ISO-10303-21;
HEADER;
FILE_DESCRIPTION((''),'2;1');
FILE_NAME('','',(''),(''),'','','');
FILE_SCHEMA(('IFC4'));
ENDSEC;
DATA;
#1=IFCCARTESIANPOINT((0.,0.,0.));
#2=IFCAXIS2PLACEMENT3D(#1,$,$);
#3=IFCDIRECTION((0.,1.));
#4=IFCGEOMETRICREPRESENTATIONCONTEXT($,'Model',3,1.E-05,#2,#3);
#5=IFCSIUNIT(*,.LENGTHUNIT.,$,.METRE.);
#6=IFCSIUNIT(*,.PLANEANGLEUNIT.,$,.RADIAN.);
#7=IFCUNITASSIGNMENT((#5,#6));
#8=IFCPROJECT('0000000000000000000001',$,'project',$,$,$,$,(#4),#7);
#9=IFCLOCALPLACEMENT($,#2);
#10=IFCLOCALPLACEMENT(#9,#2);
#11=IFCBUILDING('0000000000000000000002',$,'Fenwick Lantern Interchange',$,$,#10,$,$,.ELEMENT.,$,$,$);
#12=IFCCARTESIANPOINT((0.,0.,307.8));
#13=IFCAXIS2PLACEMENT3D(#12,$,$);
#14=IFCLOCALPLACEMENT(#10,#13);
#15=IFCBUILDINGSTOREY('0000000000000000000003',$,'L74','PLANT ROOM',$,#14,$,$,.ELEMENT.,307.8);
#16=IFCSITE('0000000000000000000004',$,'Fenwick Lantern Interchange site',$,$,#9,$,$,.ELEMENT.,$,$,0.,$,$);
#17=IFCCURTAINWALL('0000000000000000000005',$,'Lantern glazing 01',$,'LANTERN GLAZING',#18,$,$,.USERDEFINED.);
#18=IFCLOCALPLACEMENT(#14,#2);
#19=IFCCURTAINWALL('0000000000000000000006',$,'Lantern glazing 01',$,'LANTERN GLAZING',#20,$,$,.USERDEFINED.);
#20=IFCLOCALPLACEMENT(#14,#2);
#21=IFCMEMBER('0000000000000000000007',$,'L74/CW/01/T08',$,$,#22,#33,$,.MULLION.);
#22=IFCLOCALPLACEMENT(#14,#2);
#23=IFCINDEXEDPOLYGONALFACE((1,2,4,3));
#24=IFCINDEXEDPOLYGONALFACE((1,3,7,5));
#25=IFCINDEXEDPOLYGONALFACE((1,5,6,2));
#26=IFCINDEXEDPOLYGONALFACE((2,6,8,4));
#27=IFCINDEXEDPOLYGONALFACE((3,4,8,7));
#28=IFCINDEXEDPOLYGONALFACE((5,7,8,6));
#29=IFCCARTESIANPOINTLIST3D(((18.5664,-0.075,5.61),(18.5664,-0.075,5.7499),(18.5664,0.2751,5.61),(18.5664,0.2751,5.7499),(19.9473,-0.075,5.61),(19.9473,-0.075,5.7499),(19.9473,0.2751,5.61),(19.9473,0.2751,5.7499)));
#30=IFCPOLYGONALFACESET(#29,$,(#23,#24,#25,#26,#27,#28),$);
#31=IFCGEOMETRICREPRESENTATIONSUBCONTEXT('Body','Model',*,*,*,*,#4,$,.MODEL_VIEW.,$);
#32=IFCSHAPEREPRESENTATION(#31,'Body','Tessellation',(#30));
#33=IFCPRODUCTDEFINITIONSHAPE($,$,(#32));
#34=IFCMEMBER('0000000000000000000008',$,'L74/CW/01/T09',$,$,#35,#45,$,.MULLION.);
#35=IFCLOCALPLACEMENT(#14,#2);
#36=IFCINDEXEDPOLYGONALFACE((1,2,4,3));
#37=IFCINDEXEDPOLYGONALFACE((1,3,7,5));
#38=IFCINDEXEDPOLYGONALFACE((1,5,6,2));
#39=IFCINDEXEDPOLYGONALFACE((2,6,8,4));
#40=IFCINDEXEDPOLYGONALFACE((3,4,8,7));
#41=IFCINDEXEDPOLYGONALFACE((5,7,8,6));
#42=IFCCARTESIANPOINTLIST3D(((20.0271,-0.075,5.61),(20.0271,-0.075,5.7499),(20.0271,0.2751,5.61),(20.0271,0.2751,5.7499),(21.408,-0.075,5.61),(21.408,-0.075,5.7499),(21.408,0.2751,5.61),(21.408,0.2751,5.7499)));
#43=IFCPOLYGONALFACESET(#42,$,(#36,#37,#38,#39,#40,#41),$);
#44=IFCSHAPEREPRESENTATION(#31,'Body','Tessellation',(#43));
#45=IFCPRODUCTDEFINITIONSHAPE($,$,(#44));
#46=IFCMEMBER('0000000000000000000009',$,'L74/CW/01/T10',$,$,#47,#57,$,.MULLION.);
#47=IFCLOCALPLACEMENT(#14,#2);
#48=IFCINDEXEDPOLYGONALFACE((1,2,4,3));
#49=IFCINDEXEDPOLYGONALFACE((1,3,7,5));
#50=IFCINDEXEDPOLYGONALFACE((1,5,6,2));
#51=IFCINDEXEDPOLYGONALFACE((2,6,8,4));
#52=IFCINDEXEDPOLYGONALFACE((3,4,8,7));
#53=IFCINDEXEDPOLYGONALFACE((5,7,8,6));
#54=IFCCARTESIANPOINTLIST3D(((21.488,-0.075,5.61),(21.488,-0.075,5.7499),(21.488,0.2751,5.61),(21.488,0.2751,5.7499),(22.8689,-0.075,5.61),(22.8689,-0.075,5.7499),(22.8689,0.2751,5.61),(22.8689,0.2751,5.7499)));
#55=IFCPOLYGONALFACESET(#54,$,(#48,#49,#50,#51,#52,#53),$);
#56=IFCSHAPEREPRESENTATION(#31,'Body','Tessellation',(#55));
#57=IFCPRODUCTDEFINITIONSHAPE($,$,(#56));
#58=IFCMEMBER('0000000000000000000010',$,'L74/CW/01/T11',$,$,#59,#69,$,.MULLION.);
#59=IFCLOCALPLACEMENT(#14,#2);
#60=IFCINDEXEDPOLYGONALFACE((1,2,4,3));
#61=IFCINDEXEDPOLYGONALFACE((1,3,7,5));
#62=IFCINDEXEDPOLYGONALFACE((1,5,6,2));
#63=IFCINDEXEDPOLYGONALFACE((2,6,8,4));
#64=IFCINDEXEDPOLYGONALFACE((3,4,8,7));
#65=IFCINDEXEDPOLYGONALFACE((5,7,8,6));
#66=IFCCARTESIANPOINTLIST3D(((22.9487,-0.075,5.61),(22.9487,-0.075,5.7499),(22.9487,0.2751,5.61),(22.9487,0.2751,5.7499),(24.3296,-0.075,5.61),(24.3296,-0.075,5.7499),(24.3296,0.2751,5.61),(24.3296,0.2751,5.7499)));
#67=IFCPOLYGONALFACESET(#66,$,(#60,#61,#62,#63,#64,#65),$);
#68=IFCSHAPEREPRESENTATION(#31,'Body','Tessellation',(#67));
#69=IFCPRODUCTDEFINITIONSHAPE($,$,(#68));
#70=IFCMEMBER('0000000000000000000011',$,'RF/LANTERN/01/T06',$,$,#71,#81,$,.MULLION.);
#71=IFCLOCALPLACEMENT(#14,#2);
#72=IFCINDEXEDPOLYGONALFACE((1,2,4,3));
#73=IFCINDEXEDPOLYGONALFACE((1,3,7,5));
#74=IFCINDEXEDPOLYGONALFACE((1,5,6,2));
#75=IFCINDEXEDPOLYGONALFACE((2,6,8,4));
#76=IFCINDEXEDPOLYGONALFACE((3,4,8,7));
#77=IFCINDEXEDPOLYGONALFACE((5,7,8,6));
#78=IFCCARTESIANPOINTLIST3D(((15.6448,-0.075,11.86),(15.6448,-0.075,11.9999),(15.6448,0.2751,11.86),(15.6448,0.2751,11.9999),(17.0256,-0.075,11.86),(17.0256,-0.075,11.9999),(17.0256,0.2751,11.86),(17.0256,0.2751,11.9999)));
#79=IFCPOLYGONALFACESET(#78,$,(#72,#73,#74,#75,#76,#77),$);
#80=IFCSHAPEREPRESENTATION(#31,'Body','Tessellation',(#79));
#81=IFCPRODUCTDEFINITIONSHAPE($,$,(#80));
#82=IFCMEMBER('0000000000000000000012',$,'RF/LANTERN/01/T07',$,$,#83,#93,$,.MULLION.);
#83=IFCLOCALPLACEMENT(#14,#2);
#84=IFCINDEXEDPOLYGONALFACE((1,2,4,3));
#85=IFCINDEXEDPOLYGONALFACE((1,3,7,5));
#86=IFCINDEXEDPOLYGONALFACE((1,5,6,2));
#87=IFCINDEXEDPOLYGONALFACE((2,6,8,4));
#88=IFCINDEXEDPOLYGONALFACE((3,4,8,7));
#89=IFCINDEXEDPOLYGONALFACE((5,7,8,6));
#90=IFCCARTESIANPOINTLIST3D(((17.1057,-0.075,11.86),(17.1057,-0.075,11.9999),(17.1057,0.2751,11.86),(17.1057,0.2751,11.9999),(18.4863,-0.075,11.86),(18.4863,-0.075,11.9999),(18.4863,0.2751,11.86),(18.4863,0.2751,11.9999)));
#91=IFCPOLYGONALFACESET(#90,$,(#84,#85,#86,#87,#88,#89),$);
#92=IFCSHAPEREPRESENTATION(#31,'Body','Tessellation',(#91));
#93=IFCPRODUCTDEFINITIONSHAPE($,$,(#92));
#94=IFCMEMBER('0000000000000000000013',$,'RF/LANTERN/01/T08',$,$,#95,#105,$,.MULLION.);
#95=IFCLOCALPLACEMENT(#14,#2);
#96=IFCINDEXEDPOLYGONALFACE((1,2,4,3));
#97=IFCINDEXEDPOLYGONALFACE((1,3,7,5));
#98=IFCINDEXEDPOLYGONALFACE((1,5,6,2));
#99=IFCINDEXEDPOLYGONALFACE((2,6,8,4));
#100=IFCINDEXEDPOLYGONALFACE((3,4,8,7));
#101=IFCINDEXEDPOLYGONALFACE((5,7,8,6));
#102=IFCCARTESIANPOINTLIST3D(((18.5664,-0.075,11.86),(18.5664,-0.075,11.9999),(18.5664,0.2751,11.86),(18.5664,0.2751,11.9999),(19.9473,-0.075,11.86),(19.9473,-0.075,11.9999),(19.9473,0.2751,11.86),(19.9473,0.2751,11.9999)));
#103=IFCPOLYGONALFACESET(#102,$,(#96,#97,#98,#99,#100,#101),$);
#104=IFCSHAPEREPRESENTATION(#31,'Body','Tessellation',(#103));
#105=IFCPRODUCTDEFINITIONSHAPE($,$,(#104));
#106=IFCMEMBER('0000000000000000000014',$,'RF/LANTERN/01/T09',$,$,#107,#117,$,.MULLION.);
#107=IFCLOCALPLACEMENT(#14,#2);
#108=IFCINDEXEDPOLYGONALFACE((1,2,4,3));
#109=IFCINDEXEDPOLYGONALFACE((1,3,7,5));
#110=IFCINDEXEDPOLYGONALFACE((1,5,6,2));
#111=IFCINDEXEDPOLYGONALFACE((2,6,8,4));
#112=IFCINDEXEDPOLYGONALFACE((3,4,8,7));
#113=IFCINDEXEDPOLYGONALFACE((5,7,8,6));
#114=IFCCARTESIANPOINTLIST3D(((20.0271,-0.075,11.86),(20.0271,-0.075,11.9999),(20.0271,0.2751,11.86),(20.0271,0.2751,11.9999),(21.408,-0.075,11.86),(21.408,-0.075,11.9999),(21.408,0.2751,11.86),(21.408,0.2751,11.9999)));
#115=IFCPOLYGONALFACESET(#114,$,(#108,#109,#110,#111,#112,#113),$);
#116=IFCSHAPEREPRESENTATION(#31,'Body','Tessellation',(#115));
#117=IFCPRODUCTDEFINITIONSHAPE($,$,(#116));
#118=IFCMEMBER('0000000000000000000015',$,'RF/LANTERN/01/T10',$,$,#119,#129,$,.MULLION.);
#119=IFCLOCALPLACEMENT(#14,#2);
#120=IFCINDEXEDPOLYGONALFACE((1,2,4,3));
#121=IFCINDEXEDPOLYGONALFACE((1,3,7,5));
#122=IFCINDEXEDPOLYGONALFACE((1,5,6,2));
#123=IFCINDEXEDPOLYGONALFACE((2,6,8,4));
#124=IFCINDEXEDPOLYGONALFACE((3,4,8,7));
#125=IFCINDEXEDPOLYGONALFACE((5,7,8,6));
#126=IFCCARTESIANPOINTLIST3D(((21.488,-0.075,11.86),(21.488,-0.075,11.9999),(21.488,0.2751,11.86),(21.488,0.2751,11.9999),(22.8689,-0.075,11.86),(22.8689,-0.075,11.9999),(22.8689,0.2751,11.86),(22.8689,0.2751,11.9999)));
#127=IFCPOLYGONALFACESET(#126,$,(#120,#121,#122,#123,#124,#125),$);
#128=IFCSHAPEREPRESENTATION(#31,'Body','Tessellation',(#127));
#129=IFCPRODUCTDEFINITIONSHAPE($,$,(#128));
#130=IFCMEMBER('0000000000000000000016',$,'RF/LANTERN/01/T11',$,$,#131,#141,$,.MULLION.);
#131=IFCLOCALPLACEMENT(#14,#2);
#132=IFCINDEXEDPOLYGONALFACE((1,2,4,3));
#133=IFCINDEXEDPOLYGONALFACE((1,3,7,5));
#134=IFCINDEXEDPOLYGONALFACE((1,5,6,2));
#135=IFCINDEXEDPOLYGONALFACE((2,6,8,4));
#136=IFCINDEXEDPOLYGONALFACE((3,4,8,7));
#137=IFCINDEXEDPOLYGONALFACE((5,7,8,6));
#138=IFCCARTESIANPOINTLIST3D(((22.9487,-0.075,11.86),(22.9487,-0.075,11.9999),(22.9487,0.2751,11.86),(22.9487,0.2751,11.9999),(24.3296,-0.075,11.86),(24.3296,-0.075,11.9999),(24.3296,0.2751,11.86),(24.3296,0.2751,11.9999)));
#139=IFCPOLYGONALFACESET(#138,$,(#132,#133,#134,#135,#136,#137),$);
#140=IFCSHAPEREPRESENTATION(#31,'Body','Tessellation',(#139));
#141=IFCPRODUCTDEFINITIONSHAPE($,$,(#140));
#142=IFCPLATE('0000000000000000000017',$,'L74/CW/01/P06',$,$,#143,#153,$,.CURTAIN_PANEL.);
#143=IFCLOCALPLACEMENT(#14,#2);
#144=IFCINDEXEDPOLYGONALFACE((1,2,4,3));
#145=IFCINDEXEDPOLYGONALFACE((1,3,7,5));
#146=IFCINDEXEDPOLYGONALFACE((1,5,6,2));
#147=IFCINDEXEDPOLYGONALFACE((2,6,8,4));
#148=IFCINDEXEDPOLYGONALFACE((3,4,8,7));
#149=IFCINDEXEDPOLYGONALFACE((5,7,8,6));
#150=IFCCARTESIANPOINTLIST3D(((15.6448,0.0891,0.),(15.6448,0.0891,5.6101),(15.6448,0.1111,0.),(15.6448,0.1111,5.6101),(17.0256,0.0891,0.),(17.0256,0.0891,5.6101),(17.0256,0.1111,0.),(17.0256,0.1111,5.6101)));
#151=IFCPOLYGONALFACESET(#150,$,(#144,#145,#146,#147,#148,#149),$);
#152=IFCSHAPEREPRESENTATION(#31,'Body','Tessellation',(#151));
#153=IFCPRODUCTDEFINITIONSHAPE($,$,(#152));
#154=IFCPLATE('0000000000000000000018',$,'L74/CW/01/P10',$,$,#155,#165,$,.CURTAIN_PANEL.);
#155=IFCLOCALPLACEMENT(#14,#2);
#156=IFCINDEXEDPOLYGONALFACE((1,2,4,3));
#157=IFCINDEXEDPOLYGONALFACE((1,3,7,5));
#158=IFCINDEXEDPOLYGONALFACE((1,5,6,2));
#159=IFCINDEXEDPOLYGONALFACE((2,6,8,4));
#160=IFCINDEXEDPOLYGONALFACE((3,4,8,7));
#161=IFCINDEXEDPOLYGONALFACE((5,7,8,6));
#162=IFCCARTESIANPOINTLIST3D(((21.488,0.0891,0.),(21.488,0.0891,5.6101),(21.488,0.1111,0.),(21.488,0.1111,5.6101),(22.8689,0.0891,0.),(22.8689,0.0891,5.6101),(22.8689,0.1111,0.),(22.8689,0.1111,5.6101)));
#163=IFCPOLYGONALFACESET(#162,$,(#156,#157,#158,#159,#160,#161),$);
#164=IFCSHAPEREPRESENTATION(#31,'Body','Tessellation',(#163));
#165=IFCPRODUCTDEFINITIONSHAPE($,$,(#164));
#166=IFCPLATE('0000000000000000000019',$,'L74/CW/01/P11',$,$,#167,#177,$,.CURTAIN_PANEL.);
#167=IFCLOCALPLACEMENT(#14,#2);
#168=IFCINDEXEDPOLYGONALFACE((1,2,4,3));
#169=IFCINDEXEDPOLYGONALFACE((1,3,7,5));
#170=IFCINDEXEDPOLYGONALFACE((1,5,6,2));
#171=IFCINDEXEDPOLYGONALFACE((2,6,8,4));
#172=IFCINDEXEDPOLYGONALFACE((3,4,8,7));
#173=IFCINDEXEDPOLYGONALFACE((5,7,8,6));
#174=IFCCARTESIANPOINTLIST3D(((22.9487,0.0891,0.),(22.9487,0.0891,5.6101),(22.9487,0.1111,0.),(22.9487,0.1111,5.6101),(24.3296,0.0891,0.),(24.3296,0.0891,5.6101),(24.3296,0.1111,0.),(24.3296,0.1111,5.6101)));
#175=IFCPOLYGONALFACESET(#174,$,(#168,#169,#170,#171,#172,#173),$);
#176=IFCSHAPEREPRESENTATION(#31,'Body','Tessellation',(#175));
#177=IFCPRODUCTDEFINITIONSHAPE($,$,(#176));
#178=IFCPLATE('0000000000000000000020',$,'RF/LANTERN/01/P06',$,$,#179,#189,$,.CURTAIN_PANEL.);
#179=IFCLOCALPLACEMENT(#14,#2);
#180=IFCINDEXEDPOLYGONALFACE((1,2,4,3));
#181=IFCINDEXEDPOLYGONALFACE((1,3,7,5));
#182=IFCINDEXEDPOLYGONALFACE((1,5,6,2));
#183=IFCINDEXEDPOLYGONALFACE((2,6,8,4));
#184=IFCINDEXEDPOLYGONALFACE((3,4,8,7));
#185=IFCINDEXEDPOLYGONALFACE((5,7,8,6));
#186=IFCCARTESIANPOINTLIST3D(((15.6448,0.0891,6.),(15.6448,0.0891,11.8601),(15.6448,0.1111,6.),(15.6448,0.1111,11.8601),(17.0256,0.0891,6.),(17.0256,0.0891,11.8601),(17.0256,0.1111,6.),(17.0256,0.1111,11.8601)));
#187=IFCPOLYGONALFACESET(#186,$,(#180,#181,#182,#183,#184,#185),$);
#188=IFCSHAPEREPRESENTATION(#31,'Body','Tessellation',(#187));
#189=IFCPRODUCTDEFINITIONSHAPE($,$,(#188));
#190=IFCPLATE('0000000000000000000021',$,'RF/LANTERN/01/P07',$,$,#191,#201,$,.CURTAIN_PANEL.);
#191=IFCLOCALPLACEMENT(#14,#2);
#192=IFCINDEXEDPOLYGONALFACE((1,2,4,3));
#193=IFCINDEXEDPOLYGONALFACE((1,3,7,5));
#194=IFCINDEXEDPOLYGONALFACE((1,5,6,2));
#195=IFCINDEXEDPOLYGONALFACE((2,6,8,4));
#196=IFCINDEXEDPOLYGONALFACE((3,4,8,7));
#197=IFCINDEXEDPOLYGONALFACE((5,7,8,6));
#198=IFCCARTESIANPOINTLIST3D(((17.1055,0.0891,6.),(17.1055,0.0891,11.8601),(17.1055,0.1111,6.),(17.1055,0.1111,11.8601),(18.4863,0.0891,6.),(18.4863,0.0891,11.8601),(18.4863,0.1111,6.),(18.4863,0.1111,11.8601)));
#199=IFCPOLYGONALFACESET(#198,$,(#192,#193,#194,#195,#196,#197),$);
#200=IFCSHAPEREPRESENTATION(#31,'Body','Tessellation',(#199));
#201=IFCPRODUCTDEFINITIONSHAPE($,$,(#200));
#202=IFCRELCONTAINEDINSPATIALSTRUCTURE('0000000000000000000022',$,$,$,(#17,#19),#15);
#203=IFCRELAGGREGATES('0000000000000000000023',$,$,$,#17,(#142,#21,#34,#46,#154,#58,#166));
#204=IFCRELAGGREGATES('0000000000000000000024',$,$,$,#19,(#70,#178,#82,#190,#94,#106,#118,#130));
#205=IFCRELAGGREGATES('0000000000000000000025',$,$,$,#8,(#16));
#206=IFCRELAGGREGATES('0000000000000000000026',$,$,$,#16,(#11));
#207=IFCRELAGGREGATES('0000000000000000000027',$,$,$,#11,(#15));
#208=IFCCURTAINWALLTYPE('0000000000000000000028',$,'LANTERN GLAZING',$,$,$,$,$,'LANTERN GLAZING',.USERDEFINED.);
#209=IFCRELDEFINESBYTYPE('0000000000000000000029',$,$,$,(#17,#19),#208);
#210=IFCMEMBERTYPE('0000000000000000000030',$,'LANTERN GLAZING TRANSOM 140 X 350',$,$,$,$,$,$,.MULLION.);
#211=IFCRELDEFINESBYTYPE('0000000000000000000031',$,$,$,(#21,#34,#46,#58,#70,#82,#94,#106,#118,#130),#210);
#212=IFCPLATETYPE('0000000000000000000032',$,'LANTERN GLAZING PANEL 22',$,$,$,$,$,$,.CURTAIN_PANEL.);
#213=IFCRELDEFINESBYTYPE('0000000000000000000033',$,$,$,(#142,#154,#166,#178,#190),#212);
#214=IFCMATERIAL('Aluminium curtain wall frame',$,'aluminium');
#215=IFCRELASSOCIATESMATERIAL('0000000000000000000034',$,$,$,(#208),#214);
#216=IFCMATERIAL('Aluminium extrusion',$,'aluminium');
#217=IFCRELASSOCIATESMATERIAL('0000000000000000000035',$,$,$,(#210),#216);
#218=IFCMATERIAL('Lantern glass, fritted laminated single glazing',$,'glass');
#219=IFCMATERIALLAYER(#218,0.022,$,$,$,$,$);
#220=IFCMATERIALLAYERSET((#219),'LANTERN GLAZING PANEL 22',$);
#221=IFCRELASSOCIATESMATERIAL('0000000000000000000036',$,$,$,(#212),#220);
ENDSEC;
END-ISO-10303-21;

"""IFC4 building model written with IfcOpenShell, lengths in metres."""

from ifc_helpers import new_model, si_unit, direction, frame, origin, origin_2d, place, context, subcontext, project, spatial, rectangle, extrude, material, layer, layer_set, material_profile, profile_set, type_object, element, aggregate, save


model = new_model("IFC4")

# Units and contexts
model_context = context("Model", 3, precision=1e-05, world=origin(), true_north=direction((0.0, 1.0)))
body_context = subcontext(model_context, "Body", "Model", "MODEL_VIEW")
ifc_project = project(units=[si_unit("LENGTHUNIT", "METRE"), si_unit("PLANEANGLEUNIT", "RADIAN")], contexts=[model_context])

# Site, building, storey
site_placement = place(None, origin())
site = spatial("IfcSite", under=ifc_project, at=site_placement, Name="Fenwick Lantern Interchange site", CompositionType="ELEMENT", RefElevation=0.0)
building_placement = place(site_placement, origin())
building = spatial("IfcBuilding", under=site, at=building_placement, Name="Fenwick Lantern Interchange", CompositionType="ELEMENT")
storey_placement = place(building_placement, frame((0.0, 0.0, 307.8)))
storey = spatial("IfcBuildingStorey", under=building, at=storey_placement, Name="L74", Description="PLANT ROOM", CompositionType="ELEMENT", Elevation=307.8)

# Curtain walls
ifc_material_1 = material(Name="Aluminium curtain wall frame", Category="aluminium")
curtain_wall_type = type_object("IfcCurtainWallType", Name="LANTERN GLAZING", ElementType="LANTERN GLAZING", PredefinedType="USERDEFINED", material=ifc_material_1)
curtain_wall_1_placement = place(storey_placement, origin())
curtain_wall_1 = element("IfcCurtainWall", 1, at=curtain_wall_1_placement, inside=storey, type_object=curtain_wall_type, Name="Lantern glazing 01", ObjectType="LANTERN GLAZING", PredefinedType="USERDEFINED")
ifc_material_2 = material(Name="Aluminium extrusion", Category="aluminium")
curtain_wall_2_placement = place(storey_placement, origin())
curtain_wall_2 = element("IfcCurtainWall", 2, at=curtain_wall_2_placement, inside=storey, type_object=curtain_wall_type, Name="Lantern glazing 01", ObjectType="LANTERN GLAZING", PredefinedType="USERDEFINED")

# Members
ifc_material_profile_1 = material_profile(ifc_material_2, rectangle(XDim=0.3501, YDim=0.1399, at=origin_2d()), Name="LANTERN GLAZING TRANSOM 140 X 350")
ifc_profile_set_1 = profile_set([ifc_material_profile_1], Name="Aluminium extrusion")
member_type_1 = type_object("IfcMemberType", Name="LANTERN GLAZING TRANSOM 140 X 350", PredefinedType="MULLION", material=ifc_profile_set_1)
member_1_placement = place(storey_placement, frame((18.5664, 0.1001, 5.6799), z_axis=(1.0, 0.0, 0.0), x_axis=(0.0, 1.0, 0.0)))
member_1 = element("IfcMember", 3, at=member_1_placement, type_object=member_type_1, Name="L74/CW/01/T08", PredefinedType="MULLION", context=body_context, shape_type="SweptSolid", body=[
    extrude(rectangle(XDim=0.3501, YDim=0.1399, at=origin_2d()), origin(), (0.0, 0.0, 1.0), 1.3809),
])
member_2_placement = place(storey_placement, frame((20.0271, 0.1001, 5.6799), z_axis=(1.0, 0.0, 0.0), x_axis=(0.0, 1.0, 0.0)))
member_2 = element("IfcMember", 4, at=member_2_placement, type_object=member_type_1, Name="L74/CW/01/T09", PredefinedType="MULLION", context=body_context, shape_type="SweptSolid", body=[
    extrude(rectangle(XDim=0.3501, YDim=0.1399, at=origin_2d()), origin(), (0.0, 0.0, 1.0), 1.3809),
])
member_3_placement = place(storey_placement, frame((21.488, 0.1001, 5.6799), z_axis=(1.0, 0.0, 0.0), x_axis=(0.0, 1.0, 0.0)))
member_3 = element("IfcMember", 5, at=member_3_placement, type_object=member_type_1, Name="L74/CW/01/T10", PredefinedType="MULLION", context=body_context, shape_type="SweptSolid", body=[
    extrude(rectangle(XDim=0.3501, YDim=0.1399, at=origin_2d()), origin(), (0.0, 0.0, 1.0), 1.3809),
])
member_4_placement = place(storey_placement, frame((22.9487, 0.1001, 5.6799), z_axis=(1.0, 0.0, 0.0), x_axis=(0.0, 1.0, 0.0)))
member_4 = element("IfcMember", 6, at=member_4_placement, type_object=member_type_1, Name="L74/CW/01/T11", PredefinedType="MULLION", context=body_context, shape_type="SweptSolid", body=[
    extrude(rectangle(XDim=0.3501, YDim=0.1399, at=origin_2d()), origin(), (0.0, 0.0, 1.0), 1.3809),
])
member_5_placement = place(storey_placement, frame((15.6448, 0.1001, 11.9299), z_axis=(1.0, 0.0, 0.0), x_axis=(0.0, 1.0, 0.0)))
member_5 = element("IfcMember", 7, at=member_5_placement, type_object=member_type_1, Name="RF/LANTERN/01/T06", PredefinedType="MULLION", context=body_context, shape_type="SweptSolid", body=[
    extrude(rectangle(XDim=0.3501, YDim=0.1399, at=origin_2d()), origin(), (0.0, 0.0, 1.0), 1.3809),
])
member_6_placement = place(storey_placement, frame((17.1057, 0.1001, 11.9299), z_axis=(1.0, 0.0, 0.0), x_axis=(0.0, 1.0, 0.0)))
member_6 = element("IfcMember", 8, at=member_6_placement, type_object=member_type_1, Name="RF/LANTERN/01/T07", PredefinedType="MULLION", context=body_context, shape_type="SweptSolid", body=[
    extrude(rectangle(XDim=0.3501, YDim=0.1399, at=origin_2d()), origin(), (0.0, 0.0, 1.0), 1.3806),
])
member_7_placement = place(storey_placement, frame((18.5664, 0.1001, 11.9299), z_axis=(1.0, 0.0, 0.0), x_axis=(0.0, 1.0, 0.0)))
member_7 = element("IfcMember", 9, at=member_7_placement, type_object=member_type_1, Name="RF/LANTERN/01/T08", PredefinedType="MULLION", context=body_context, shape_type="SweptSolid", body=[
    extrude(rectangle(XDim=0.3501, YDim=0.1399, at=origin_2d()), origin(), (0.0, 0.0, 1.0), 1.3809),
])
member_8_placement = place(storey_placement, frame((20.0271, 0.1001, 11.9299), z_axis=(1.0, 0.0, 0.0), x_axis=(0.0, 1.0, 0.0)))
member_8 = element("IfcMember", 10, at=member_8_placement, type_object=member_type_1, Name="RF/LANTERN/01/T09", PredefinedType="MULLION", context=body_context, shape_type="SweptSolid", body=[
    extrude(rectangle(XDim=0.3501, YDim=0.1399, at=origin_2d()), origin(), (0.0, 0.0, 1.0), 1.3809),
])
member_9_placement = place(storey_placement, frame((21.488, 0.1001, 11.9299), z_axis=(1.0, 0.0, 0.0), x_axis=(0.0, 1.0, 0.0)))
member_9 = element("IfcMember", 11, at=member_9_placement, type_object=member_type_1, Name="RF/LANTERN/01/T10", PredefinedType="MULLION", context=body_context, shape_type="SweptSolid", body=[
    extrude(rectangle(XDim=0.3501, YDim=0.1399, at=origin_2d()), origin(), (0.0, 0.0, 1.0), 1.3809),
])
member_10_placement = place(storey_placement, frame((22.9487, 0.1001, 11.9299), z_axis=(1.0, 0.0, 0.0), x_axis=(0.0, 1.0, 0.0)))
member_10 = element("IfcMember", 12, at=member_10_placement, type_object=member_type_1, Name="RF/LANTERN/01/T11", PredefinedType="MULLION", context=body_context, shape_type="SweptSolid", body=[
    extrude(rectangle(XDim=0.3501, YDim=0.1399, at=origin_2d()), origin(), (0.0, 0.0, 1.0), 1.3809),
])

# Plates
ifc_material_3 = material(Name="Lantern glass, fritted laminated single glazing", Category="glass")
ifc_layer_1 = layer(ifc_material_3, 0.022)
ifc_layer_set_1 = layer_set([ifc_layer_1], Name="LANTERN GLAZING PANEL 22")
plate_type = type_object("IfcPlateType", Name="LANTERN GLAZING PANEL 22", PredefinedType="CURTAIN_PANEL", material=ifc_layer_set_1)
plate_1_placement = place(storey_placement, frame((16.3352, 0.1001, 0.0), z_axis=(0.0, 0.0, 1.0), x_axis=(1.0, 0.0, 0.0)))
plate_1 = element("IfcPlate", 13, at=plate_1_placement, type_object=plate_type, Name="L74/CW/01/P06", PredefinedType="CURTAIN_PANEL", context=body_context, shape_type="SweptSolid", body=[
    extrude(rectangle(XDim=1.3809, YDim=0.022, at=origin_2d()), origin(), (0.0, 0.0, 1.0), 5.6101),
])
plate_2_placement = place(storey_placement, frame((22.1785, 0.1001, 0.0), z_axis=(0.0, 0.0, 1.0), x_axis=(1.0, 0.0, 0.0)))
plate_2 = element("IfcPlate", 14, at=plate_2_placement, type_object=plate_type, Name="L74/CW/01/P10", PredefinedType="CURTAIN_PANEL", context=body_context, shape_type="SweptSolid", body=[
    extrude(rectangle(XDim=1.3809, YDim=0.022, at=origin_2d()), origin(), (0.0, 0.0, 1.0), 5.6101),
])
plate_3_placement = place(storey_placement, frame((23.6392, 0.1001, 0.0), z_axis=(0.0, 0.0, 1.0), x_axis=(1.0, 0.0, 0.0)))
plate_3 = element("IfcPlate", 15, at=plate_3_placement, type_object=plate_type, Name="L74/CW/01/P11", PredefinedType="CURTAIN_PANEL", context=body_context, shape_type="SweptSolid", body=[
    extrude(rectangle(XDim=1.3809, YDim=0.022, at=origin_2d()), origin(), (0.0, 0.0, 1.0), 5.6101),
])
aggregate(curtain_wall_1, [plate_1, member_1, member_2, member_3, plate_2, member_4, plate_3])
plate_4_placement = place(storey_placement, frame((16.3352, 0.1001, 6.0), z_axis=(0.0, 0.0, 1.0), x_axis=(1.0, 0.0, 0.0)))
plate_4 = element("IfcPlate", 16, at=plate_4_placement, type_object=plate_type, Name="RF/LANTERN/01/P06", PredefinedType="CURTAIN_PANEL", context=body_context, shape_type="SweptSolid", body=[
    extrude(rectangle(XDim=1.3809, YDim=0.022, at=origin_2d()), origin(), (0.0, 0.0, 1.0), 5.8601),
])
plate_5_placement = place(storey_placement, frame((17.7959, 0.1001, 6.0), z_axis=(0.0, 0.0, 1.0), x_axis=(1.0, 0.0, 0.0)))
plate_5 = element("IfcPlate", 17, at=plate_5_placement, type_object=plate_type, Name="RF/LANTERN/01/P07", PredefinedType="CURTAIN_PANEL", context=body_context, shape_type="SweptSolid", body=[
    extrude(rectangle(XDim=1.3809, YDim=0.022, at=origin_2d()), origin(), (0.0, 0.0, 1.0), 5.8601),
])
aggregate(curtain_wall_2, [member_5, plate_4, member_6, plate_5, member_7, member_8, member_9, member_10])

save(model, "model.ifc")
